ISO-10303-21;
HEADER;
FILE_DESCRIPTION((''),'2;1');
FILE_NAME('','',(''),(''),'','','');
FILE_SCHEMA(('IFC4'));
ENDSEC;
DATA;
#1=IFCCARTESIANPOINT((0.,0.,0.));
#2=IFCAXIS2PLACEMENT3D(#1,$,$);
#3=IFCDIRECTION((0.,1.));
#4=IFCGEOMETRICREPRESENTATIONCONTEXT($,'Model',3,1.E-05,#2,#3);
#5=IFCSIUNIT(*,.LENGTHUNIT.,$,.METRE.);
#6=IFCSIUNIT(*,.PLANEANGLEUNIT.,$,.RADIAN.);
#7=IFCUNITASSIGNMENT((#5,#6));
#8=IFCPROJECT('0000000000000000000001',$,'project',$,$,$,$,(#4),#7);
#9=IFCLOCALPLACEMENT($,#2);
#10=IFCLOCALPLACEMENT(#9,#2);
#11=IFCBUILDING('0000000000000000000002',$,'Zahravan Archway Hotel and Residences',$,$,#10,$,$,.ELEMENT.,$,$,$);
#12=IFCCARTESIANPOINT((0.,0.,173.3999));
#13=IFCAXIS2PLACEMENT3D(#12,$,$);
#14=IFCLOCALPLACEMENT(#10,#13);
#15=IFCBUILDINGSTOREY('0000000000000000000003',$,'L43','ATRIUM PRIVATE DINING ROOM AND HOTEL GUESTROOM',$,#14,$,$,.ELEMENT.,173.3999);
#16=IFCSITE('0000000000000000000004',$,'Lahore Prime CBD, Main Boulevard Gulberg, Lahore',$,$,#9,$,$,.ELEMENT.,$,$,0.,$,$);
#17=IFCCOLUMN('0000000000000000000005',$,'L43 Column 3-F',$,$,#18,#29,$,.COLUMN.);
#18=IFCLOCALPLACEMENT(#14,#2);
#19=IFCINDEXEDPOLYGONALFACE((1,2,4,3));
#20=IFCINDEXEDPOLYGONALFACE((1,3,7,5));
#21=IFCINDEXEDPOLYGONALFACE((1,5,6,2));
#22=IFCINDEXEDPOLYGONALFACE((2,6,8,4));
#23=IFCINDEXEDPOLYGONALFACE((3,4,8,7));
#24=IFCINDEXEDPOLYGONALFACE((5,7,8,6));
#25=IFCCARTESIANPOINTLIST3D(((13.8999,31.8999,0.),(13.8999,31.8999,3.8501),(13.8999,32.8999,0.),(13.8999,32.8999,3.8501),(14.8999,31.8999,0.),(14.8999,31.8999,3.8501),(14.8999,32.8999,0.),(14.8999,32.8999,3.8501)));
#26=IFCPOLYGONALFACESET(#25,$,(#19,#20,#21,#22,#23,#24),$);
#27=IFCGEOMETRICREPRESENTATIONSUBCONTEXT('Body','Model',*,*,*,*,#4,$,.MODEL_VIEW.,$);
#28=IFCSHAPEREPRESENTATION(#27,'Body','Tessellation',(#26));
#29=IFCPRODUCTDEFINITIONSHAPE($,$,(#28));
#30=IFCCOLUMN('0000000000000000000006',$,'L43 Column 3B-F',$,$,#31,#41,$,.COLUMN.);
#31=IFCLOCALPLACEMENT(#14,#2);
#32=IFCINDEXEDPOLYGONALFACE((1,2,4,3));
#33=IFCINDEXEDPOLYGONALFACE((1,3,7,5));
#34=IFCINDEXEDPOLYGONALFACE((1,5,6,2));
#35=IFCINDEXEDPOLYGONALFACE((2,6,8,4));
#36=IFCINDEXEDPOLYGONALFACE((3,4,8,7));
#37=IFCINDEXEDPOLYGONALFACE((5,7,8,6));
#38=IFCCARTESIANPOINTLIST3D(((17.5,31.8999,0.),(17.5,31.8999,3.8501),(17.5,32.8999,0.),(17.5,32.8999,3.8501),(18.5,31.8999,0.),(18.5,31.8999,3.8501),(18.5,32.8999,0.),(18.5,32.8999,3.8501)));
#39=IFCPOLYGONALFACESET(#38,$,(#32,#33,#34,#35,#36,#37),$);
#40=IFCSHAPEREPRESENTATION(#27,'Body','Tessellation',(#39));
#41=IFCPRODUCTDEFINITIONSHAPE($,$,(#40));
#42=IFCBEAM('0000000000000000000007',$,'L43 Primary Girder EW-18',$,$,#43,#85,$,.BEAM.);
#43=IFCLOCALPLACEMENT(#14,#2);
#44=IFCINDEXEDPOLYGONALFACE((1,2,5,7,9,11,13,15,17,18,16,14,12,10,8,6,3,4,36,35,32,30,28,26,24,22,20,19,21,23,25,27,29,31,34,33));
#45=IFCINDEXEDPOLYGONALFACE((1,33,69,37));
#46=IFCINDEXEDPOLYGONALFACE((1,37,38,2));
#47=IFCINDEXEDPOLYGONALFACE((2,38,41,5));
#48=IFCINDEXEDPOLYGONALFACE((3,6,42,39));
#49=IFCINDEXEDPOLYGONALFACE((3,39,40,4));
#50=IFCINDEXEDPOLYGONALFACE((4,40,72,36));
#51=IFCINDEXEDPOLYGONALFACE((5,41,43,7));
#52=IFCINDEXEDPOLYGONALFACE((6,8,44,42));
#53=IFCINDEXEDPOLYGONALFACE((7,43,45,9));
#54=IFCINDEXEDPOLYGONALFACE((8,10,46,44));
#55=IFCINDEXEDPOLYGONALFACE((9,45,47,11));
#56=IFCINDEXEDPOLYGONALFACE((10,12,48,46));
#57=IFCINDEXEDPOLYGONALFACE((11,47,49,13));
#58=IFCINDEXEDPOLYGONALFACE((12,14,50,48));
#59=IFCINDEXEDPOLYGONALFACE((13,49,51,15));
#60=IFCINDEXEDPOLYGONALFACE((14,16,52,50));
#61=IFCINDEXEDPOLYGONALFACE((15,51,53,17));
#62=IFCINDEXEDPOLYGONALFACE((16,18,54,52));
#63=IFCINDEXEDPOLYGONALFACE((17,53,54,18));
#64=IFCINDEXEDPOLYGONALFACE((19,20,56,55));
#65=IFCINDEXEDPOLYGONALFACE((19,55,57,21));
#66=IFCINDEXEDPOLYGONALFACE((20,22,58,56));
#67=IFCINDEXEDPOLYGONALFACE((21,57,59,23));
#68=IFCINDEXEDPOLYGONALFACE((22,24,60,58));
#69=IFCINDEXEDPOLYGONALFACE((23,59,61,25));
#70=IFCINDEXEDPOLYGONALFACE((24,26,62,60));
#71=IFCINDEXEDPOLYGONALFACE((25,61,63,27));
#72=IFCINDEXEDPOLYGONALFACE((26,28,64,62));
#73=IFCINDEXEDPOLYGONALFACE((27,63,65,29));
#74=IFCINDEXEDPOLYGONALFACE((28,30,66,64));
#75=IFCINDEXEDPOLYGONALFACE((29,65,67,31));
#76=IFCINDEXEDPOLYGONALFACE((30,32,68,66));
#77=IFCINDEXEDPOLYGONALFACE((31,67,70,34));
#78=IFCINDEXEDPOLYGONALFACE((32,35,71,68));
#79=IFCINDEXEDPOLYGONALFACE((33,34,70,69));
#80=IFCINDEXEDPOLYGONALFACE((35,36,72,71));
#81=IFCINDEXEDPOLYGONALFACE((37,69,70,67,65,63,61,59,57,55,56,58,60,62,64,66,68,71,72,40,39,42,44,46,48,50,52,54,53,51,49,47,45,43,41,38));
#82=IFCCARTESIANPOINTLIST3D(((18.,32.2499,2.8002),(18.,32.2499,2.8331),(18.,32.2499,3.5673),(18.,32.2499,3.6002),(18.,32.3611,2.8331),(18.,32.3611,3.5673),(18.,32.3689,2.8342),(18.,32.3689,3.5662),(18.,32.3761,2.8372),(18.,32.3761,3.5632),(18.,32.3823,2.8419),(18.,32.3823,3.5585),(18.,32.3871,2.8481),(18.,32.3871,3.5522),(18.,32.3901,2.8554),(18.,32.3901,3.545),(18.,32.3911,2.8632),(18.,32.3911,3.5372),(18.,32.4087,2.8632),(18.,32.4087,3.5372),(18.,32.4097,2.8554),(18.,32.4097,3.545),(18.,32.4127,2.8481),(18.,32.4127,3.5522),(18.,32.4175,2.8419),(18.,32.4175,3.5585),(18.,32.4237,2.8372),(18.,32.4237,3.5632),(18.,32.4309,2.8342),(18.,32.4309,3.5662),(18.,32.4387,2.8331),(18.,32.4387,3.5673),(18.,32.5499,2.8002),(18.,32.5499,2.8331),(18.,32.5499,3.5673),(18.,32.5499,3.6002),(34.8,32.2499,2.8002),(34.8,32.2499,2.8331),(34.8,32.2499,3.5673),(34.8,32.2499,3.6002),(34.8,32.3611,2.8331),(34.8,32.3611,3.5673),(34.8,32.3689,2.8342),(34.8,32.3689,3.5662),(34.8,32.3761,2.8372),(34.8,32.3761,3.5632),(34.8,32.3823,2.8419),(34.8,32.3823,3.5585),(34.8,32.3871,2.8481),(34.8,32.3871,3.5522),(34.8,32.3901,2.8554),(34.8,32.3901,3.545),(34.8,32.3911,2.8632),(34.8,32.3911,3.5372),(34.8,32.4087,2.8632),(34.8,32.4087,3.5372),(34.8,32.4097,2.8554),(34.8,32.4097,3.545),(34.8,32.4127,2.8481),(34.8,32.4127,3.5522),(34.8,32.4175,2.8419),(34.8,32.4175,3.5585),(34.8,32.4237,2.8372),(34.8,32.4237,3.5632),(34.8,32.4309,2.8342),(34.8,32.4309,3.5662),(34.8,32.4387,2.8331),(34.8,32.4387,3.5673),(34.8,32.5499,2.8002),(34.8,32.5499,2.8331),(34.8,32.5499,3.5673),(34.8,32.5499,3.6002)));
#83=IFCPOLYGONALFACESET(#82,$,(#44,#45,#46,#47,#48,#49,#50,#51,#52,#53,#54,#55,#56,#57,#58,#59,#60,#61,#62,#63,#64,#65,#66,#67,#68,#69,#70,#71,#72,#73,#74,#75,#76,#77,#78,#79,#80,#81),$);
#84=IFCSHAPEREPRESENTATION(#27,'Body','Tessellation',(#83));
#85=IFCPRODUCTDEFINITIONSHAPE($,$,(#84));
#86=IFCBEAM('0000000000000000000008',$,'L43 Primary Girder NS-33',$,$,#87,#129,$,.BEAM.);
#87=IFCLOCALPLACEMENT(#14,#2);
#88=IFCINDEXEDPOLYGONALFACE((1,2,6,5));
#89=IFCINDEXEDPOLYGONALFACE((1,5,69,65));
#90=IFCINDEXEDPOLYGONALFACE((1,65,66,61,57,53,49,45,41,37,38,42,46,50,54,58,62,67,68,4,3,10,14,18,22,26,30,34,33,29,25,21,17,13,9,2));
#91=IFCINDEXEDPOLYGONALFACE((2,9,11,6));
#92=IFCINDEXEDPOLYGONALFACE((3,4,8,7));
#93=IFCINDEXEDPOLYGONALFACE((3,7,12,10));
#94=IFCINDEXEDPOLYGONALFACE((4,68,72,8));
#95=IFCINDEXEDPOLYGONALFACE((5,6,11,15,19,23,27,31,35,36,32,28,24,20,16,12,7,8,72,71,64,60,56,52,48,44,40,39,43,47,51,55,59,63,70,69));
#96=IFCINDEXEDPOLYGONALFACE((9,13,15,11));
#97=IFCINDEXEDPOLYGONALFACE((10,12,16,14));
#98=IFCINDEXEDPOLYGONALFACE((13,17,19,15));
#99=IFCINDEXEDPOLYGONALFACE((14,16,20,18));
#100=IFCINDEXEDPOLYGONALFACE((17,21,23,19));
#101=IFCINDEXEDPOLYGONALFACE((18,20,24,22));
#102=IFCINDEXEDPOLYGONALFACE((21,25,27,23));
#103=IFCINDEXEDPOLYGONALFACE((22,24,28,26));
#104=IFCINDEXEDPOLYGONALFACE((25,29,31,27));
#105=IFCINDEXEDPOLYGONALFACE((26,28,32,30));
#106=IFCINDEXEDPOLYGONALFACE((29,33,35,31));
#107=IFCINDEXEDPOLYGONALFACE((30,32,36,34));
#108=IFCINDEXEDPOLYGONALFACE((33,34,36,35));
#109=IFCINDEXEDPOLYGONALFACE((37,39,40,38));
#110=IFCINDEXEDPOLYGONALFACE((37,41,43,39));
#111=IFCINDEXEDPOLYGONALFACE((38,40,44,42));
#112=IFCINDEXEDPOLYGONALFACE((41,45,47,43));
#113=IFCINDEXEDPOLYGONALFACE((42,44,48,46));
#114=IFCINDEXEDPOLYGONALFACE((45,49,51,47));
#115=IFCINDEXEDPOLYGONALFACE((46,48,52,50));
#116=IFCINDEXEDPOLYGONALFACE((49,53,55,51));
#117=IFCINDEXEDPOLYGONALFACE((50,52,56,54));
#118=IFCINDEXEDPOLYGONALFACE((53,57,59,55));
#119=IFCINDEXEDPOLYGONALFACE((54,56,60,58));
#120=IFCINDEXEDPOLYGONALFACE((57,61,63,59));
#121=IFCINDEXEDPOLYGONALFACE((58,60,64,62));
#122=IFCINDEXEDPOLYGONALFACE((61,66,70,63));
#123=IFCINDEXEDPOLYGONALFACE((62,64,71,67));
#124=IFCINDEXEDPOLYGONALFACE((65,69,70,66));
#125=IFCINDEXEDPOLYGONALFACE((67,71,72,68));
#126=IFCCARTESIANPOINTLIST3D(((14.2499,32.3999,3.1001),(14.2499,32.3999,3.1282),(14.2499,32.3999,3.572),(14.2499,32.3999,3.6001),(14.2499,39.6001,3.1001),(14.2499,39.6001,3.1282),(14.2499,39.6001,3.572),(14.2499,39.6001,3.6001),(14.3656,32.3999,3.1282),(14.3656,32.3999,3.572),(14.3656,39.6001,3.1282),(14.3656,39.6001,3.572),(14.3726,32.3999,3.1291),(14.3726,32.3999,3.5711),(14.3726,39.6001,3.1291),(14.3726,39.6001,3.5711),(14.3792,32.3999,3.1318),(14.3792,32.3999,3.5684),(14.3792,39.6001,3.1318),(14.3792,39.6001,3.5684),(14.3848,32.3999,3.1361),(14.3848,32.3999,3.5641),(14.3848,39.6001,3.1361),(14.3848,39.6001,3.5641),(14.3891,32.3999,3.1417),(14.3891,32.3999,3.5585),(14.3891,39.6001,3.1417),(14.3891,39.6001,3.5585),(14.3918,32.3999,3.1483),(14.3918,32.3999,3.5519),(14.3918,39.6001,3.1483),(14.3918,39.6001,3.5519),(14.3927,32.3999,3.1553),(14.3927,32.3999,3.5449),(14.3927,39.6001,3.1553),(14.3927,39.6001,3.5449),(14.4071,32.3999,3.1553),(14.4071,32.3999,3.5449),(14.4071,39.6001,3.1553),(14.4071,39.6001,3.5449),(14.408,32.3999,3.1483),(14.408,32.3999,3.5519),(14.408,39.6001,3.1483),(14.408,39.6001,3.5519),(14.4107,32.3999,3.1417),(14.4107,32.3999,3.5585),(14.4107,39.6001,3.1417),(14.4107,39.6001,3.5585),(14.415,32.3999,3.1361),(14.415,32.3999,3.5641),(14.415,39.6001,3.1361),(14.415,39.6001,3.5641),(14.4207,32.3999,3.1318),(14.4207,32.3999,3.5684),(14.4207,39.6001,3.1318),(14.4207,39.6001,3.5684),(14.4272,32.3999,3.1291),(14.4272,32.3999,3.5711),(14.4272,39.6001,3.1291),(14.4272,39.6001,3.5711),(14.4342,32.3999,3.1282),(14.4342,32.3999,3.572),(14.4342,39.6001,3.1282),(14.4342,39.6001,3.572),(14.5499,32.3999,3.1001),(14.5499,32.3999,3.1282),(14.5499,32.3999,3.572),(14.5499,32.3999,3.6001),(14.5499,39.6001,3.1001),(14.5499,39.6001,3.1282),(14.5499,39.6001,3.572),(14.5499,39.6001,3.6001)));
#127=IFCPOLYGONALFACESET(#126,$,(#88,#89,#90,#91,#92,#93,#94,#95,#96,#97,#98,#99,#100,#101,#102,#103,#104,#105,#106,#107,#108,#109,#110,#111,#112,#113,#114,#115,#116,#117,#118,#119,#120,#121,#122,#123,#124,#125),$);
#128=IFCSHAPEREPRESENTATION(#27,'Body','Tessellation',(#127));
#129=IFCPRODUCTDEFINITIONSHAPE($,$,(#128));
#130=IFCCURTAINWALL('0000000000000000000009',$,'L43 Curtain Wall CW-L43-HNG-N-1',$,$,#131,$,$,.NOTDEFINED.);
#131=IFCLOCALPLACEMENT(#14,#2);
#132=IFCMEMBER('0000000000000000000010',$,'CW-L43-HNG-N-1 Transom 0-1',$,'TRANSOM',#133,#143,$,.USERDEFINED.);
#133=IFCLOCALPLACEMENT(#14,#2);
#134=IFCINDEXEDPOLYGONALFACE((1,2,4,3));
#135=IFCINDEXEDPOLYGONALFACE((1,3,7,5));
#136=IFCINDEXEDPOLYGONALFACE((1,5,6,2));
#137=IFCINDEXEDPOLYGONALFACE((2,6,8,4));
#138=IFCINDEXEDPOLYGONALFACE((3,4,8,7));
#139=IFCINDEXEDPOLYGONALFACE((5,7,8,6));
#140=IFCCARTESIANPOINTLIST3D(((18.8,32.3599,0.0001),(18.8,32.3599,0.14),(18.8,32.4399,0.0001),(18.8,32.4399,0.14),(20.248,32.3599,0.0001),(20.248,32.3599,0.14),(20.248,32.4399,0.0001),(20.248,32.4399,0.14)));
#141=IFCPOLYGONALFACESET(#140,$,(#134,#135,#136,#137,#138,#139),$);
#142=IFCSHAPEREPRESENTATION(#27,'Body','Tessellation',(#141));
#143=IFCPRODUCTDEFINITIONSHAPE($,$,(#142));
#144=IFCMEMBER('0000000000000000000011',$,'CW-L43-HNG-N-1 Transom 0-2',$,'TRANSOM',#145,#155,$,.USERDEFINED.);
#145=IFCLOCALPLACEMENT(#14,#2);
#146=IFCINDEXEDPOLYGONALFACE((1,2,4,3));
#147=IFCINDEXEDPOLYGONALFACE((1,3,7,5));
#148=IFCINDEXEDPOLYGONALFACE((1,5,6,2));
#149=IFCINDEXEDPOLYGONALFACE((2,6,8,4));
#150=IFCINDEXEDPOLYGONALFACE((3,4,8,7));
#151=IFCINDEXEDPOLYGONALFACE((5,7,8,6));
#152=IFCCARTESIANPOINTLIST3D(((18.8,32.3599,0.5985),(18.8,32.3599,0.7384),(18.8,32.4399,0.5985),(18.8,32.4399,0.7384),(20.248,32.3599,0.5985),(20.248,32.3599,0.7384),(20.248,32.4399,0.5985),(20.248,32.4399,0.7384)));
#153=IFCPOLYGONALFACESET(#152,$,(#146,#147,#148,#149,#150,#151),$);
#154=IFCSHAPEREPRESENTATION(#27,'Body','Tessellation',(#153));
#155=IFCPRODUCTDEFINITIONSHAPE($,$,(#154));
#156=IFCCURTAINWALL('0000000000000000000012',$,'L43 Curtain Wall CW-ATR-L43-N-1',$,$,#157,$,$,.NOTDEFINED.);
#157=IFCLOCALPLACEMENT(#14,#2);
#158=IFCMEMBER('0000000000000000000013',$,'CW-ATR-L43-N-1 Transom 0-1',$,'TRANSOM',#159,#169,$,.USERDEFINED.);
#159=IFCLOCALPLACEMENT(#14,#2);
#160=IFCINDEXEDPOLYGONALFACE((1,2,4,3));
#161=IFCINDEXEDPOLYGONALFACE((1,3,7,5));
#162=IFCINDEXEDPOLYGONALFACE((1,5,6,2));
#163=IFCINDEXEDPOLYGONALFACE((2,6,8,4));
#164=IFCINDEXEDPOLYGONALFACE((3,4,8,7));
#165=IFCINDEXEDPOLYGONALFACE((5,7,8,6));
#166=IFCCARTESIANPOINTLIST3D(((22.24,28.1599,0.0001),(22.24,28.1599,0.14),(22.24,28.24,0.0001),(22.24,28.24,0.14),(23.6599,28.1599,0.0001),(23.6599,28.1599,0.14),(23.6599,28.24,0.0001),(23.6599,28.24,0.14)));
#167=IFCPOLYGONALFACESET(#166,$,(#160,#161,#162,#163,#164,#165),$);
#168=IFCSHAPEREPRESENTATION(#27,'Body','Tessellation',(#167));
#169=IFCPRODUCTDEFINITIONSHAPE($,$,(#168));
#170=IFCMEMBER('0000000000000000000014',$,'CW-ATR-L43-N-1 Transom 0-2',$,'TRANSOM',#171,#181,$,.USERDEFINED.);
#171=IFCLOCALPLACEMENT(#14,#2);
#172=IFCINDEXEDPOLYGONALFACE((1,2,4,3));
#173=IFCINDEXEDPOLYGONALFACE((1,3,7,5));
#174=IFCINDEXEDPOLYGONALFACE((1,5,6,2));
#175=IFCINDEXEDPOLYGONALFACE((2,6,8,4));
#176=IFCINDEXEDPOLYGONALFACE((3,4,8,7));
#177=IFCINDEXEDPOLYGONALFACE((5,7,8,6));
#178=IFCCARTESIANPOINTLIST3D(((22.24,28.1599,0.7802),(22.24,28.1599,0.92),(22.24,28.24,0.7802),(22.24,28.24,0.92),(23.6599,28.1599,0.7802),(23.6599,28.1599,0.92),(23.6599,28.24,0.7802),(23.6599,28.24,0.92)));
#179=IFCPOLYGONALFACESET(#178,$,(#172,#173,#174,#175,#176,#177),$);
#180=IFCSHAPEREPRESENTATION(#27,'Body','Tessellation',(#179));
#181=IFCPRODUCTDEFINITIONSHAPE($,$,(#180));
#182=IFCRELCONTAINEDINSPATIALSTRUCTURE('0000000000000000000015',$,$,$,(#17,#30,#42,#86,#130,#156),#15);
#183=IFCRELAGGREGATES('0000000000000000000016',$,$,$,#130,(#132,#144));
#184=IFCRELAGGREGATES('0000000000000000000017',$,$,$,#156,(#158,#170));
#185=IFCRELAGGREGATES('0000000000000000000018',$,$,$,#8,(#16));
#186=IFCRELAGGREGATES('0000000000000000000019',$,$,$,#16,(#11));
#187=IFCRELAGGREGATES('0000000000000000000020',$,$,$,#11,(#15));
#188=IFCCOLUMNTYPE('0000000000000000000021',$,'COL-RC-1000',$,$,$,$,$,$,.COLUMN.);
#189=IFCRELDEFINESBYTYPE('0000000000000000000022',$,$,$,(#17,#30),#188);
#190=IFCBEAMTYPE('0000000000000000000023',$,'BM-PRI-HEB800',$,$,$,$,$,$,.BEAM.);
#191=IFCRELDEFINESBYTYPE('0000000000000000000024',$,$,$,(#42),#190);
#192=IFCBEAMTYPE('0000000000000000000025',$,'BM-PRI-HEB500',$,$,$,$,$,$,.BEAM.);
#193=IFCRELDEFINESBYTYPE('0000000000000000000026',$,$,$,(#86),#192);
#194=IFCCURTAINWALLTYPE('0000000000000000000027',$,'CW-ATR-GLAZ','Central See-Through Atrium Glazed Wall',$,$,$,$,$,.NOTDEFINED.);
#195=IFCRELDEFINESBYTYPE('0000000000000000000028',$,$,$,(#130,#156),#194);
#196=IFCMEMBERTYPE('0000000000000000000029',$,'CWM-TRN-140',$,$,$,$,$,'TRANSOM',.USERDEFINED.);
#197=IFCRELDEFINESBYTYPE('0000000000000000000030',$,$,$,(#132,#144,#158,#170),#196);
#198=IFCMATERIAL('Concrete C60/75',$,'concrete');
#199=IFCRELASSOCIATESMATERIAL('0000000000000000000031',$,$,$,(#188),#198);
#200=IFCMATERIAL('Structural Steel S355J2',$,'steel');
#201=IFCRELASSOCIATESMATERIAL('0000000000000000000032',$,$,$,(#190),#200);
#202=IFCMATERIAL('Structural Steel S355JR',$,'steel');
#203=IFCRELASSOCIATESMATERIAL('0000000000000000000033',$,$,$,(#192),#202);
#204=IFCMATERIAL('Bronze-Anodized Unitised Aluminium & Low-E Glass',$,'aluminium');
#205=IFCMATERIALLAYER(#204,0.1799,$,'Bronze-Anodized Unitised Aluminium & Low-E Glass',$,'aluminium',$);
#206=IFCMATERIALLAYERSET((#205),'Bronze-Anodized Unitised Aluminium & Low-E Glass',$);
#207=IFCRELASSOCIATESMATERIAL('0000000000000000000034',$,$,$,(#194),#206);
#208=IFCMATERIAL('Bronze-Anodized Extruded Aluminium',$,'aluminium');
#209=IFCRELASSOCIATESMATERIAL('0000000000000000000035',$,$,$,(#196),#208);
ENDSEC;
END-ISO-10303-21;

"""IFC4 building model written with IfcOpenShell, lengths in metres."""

from ifc_helpers import new_model, si_unit, direction, frame, origin, origin_2d, place, context, subcontext, project, spatial, rectangle, i_section, extrude, source, transform, mapped, material, layer, layer_set, material_profile, profile_set, type_object, type_shapes, element, aggregate, save


model = new_model("IFC4")

# Units and contexts
model_context = context("Model", 3, precision=1e-05, world=origin(), true_north=direction((0.0, 1.0)))
body_context = subcontext(model_context, "Body", "Model", "MODEL_VIEW")
ifc_project = project(units=[si_unit("LENGTHUNIT", "METRE"), si_unit("PLANEANGLEUNIT", "RADIAN")], contexts=[model_context])

# Site, building, storey
site_placement = place(None, origin())
site = spatial("IfcSite", under=ifc_project, at=site_placement, Name="Lahore Prime CBD, Main Boulevard Gulberg, Lahore", CompositionType="ELEMENT", RefElevation=0.0)
building_placement = place(site_placement, origin())
building = spatial("IfcBuilding", under=site, at=building_placement, Name="Zahravan Archway Hotel and Residences", CompositionType="ELEMENT")
storey_placement = place(building_placement, frame((0.0, 0.0, 173.3999)))
storey = spatial("IfcBuildingStorey", under=building, at=storey_placement, Name="L43", Description="ATRIUM PRIVATE DINING ROOM AND HOTEL GUESTROOM", CompositionType="ELEMENT", Elevation=173.3999)

# Columns
ifc_material_1 = material(Name="Concrete C60/75", Category="concrete")
ifc_material_profile_1 = material_profile(ifc_material_1, rectangle(XDim=1.0, YDim=1.0, at=origin_2d()), Name="RC-COL-1000x1000", Category="concrete")
ifc_profile_set_1 = profile_set([ifc_material_profile_1], Name="Concrete C60/75")
column_type = type_object("IfcColumnType", Name="COL-RC-1000", PredefinedType="COLUMN", material=ifc_profile_set_1)
shared_shape_1 = source(origin(), body_context, "Body", "SweptSolid", [
    extrude(rectangle(XDim=1.0, YDim=1.0, at=origin_2d()), origin(), (0.0, 0.0, 1.0), 3.8501),
])
for number, where, z_axis, x_axis, name in (
    (1, (14.3999, 32.3999, 0.0), (0.0, 0.0, 1.0), (1.0, 0.0, 0.0), "L43 Column 3-F"),
    (2, (18.0, 32.3999, 0.0), (0.0, 0.0, 1.0), (1.0, 0.0, 0.0), "L43 Column 3B-F"),
):
    element("IfcColumn", number, at=place(storey_placement, frame(where, z_axis=z_axis, x_axis=x_axis)), inside=storey, type_object=column_type, Name=name, PredefinedType="COLUMN", context=body_context, shape_type="MappedRepresentation", body=[
        mapped(shared_shape_1, transform((0.0, 0.0, 0.0), scale=1.0)),
    ])

# Beams
ifc_material_2 = material(Name="Structural Steel S355J2", Category="steel")
ifc_material_profile_2 = material_profile(ifc_material_2, i_section(OverallWidth=0.3, OverallDepth=0.8, WebThickness=0.0176, FlangeThickness=0.033, FilletRadius=0.03, at=origin_2d()), Name="HEB 800", Category="steel")
ifc_profile_set_2 = profile_set([ifc_material_profile_2], Name="Structural Steel S355J2")
beam_type_1 = type_object("IfcBeamType", Name="BM-PRI-HEB800", PredefinedType="BEAM", material=ifc_profile_set_2)
shared_shape_2 = source(origin(), body_context, "Body", "SweptSolid", [
    extrude(i_section(OverallWidth=0.3, OverallDepth=0.8, WebThickness=0.0176, FlangeThickness=0.033, FilletRadius=0.03, at=origin_2d()), origin(), (0.0, 0.0, 1.0), 16.8),
])
type_shapes(beam_type_1, [shared_shape_2])
beam_1_placement = place(storey_placement, frame((18.0, 32.3999, 3.2002), z_axis=(1.0, 0.0, 0.0), x_axis=(0.0, 1.0, 0.0)))
element("IfcBeam", 3, at=beam_1_placement, inside=storey, type_object=beam_type_1, Name="L43 Primary Girder EW-18", PredefinedType="BEAM", context=body_context, shape_type="MappedRepresentation", body=[
    mapped(shared_shape_2, transform((0.0, 0.0, 0.0), scale=1.0)),
])
ifc_material_3 = material(Name="Structural Steel S355JR", Category="steel")
ifc_material_profile_3 = material_profile(ifc_material_3, i_section(OverallWidth=0.3, OverallDepth=0.5, WebThickness=0.0144, FlangeThickness=0.0281, FilletRadius=0.0271, at=origin_2d()), Name="HEB 500", Category="steel")
ifc_profile_set_3 = profile_set([ifc_material_profile_3], Name="Structural Steel S355JR")
beam_type_2 = type_object("IfcBeamType", Name="BM-PRI-HEB500", PredefinedType="BEAM", material=ifc_profile_set_3)
shared_shape_3 = source(origin(), body_context, "Body", "SweptSolid", [
    extrude(i_section(OverallWidth=0.3, OverallDepth=0.5, WebThickness=0.0144, FlangeThickness=0.0281, FilletRadius=0.0271, at=origin_2d()), origin(), (0.0, 0.0, 1.0), 7.2002),
])
type_shapes(beam_type_2, [shared_shape_3])
beam_2_placement = place(storey_placement, frame((14.3999, 32.3999, 3.3501), z_axis=(0.0, 1.0, 0.0), x_axis=(-1.0, 0.0, 0.0)))
element("IfcBeam", 4, at=beam_2_placement, inside=storey, type_object=beam_type_2, Name="L43 Primary Girder NS-33", PredefinedType="BEAM", context=body_context, shape_type="MappedRepresentation", body=[
    mapped(shared_shape_3, transform((0.0, 0.0, 0.0), scale=1.0)),
])

# Curtain walls, members
ifc_material_4 = material(Name="Bronze-Anodized Unitised Aluminium & Low-E Glass", Category="aluminium")
ifc_layer_1 = layer(ifc_material_4, 0.1799, Name="Bronze-Anodized Unitised Aluminium & Low-E Glass", Category="aluminium")
ifc_layer_set_1 = layer_set([ifc_layer_1], Name="Bronze-Anodized Unitised Aluminium & Low-E Glass")
curtain_wall_type = type_object("IfcCurtainWallType", Name="CW-ATR-GLAZ", Description="Central See-Through Atrium Glazed Wall", PredefinedType="NOTDEFINED", material=ifc_layer_set_1)
curtain_wall_1_placement = place(storey_placement, origin())
curtain_wall_1 = element("IfcCurtainWall", 5, at=curtain_wall_1_placement, inside=storey, type_object=curtain_wall_type, Name="L43 Curtain Wall CW-L43-HNG-N-1", PredefinedType="NOTDEFINED")
ifc_material_5 = material(Name="Bronze-Anodized Extruded Aluminium", Category="aluminium")
ifc_material_profile_4 = material_profile(ifc_material_5, rectangle(XDim=0.0801, YDim=0.1399, at=origin_2d()), Name="TRN 80x140", Category="aluminium")
ifc_profile_set_4 = profile_set([ifc_material_profile_4], Name="Bronze-Anodized Extruded Aluminium")
member_type_1 = type_object("IfcMemberType", Name="CWM-TRN-140", ElementType="TRANSOM", PredefinedType="USERDEFINED", material=ifc_profile_set_4)
shared_shape_4 = source(origin(), body_context, "Body", "SweptSolid", [
    extrude(rectangle(XDim=0.0801, YDim=0.1399, at=origin_2d()), origin(), (0.0, 0.0, 1.0), 1.448),
])
member_1_placement = place(storey_placement, frame((18.8, 32.3999, 0.0701), z_axis=(1.0, 0.0, 0.0), x_axis=(0.0, 1.0, 0.0)))
member_1 = element("IfcMember", 6, at=member_1_placement, type_object=member_type_1, Name="CW-L43-HNG-N-1 Transom 0-1", ObjectType="TRANSOM", PredefinedType="USERDEFINED", context=body_context, shape_type="MappedRepresentation", body=[
    mapped(shared_shape_4, transform((0.0, 0.0, 0.0), scale=1.0)),
])
member_2_placement = place(storey_placement, frame((18.8, 32.3999, 0.6685), z_axis=(1.0, 0.0, 0.0), x_axis=(0.0, 1.0, 0.0)))
member_2 = element("IfcMember", 7, at=member_2_placement, type_object=member_type_1, Name="CW-L43-HNG-N-1 Transom 0-2", ObjectType="TRANSOM", PredefinedType="USERDEFINED", context=body_context, shape_type="MappedRepresentation", body=[
    mapped(shared_shape_4, transform((0.0, 0.0, 0.0), scale=1.0)),
])
curtain_wall_2_placement = place(storey_placement, origin())
curtain_wall_2 = element("IfcCurtainWall", 8, at=curtain_wall_2_placement, inside=storey, type_object=curtain_wall_type, Name="L43 Curtain Wall CW-ATR-L43-N-1", PredefinedType="NOTDEFINED")
shared_shape_5 = source(origin(), body_context, "Body", "SweptSolid", [
    extrude(rectangle(XDim=0.0801, YDim=0.1399, at=origin_2d()), origin(), (0.0, 0.0, 1.0), 1.4199),
])
member_3_placement = place(storey_placement, frame((22.24, 28.2, 0.0701), z_axis=(1.0, 0.0, 0.0), x_axis=(0.0, 1.0, 0.0)))
member_3 = element("IfcMember", 9, at=member_3_placement, type_object=member_type_1, Name="CW-ATR-L43-N-1 Transom 0-1", ObjectType="TRANSOM", PredefinedType="USERDEFINED", context=body_context, shape_type="MappedRepresentation", body=[
    mapped(shared_shape_5, transform((0.0, 0.0, 0.0), scale=1.0)),
])
member_4_placement = place(storey_placement, frame((22.24, 28.2, 0.8501), z_axis=(1.0, 0.0, 0.0), x_axis=(0.0, 1.0, 0.0)))
member_4 = element("IfcMember", 10, at=member_4_placement, type_object=member_type_1, Name="CW-ATR-L43-N-1 Transom 0-2", ObjectType="TRANSOM", PredefinedType="USERDEFINED", context=body_context, shape_type="MappedRepresentation", body=[
    mapped(shared_shape_5, transform((0.0, 0.0, 0.0), scale=1.0)),
])

aggregate(curtain_wall_1, [member_1, member_2])

aggregate(curtain_wall_2, [member_3, member_4])

save(model, "model.ifc")
